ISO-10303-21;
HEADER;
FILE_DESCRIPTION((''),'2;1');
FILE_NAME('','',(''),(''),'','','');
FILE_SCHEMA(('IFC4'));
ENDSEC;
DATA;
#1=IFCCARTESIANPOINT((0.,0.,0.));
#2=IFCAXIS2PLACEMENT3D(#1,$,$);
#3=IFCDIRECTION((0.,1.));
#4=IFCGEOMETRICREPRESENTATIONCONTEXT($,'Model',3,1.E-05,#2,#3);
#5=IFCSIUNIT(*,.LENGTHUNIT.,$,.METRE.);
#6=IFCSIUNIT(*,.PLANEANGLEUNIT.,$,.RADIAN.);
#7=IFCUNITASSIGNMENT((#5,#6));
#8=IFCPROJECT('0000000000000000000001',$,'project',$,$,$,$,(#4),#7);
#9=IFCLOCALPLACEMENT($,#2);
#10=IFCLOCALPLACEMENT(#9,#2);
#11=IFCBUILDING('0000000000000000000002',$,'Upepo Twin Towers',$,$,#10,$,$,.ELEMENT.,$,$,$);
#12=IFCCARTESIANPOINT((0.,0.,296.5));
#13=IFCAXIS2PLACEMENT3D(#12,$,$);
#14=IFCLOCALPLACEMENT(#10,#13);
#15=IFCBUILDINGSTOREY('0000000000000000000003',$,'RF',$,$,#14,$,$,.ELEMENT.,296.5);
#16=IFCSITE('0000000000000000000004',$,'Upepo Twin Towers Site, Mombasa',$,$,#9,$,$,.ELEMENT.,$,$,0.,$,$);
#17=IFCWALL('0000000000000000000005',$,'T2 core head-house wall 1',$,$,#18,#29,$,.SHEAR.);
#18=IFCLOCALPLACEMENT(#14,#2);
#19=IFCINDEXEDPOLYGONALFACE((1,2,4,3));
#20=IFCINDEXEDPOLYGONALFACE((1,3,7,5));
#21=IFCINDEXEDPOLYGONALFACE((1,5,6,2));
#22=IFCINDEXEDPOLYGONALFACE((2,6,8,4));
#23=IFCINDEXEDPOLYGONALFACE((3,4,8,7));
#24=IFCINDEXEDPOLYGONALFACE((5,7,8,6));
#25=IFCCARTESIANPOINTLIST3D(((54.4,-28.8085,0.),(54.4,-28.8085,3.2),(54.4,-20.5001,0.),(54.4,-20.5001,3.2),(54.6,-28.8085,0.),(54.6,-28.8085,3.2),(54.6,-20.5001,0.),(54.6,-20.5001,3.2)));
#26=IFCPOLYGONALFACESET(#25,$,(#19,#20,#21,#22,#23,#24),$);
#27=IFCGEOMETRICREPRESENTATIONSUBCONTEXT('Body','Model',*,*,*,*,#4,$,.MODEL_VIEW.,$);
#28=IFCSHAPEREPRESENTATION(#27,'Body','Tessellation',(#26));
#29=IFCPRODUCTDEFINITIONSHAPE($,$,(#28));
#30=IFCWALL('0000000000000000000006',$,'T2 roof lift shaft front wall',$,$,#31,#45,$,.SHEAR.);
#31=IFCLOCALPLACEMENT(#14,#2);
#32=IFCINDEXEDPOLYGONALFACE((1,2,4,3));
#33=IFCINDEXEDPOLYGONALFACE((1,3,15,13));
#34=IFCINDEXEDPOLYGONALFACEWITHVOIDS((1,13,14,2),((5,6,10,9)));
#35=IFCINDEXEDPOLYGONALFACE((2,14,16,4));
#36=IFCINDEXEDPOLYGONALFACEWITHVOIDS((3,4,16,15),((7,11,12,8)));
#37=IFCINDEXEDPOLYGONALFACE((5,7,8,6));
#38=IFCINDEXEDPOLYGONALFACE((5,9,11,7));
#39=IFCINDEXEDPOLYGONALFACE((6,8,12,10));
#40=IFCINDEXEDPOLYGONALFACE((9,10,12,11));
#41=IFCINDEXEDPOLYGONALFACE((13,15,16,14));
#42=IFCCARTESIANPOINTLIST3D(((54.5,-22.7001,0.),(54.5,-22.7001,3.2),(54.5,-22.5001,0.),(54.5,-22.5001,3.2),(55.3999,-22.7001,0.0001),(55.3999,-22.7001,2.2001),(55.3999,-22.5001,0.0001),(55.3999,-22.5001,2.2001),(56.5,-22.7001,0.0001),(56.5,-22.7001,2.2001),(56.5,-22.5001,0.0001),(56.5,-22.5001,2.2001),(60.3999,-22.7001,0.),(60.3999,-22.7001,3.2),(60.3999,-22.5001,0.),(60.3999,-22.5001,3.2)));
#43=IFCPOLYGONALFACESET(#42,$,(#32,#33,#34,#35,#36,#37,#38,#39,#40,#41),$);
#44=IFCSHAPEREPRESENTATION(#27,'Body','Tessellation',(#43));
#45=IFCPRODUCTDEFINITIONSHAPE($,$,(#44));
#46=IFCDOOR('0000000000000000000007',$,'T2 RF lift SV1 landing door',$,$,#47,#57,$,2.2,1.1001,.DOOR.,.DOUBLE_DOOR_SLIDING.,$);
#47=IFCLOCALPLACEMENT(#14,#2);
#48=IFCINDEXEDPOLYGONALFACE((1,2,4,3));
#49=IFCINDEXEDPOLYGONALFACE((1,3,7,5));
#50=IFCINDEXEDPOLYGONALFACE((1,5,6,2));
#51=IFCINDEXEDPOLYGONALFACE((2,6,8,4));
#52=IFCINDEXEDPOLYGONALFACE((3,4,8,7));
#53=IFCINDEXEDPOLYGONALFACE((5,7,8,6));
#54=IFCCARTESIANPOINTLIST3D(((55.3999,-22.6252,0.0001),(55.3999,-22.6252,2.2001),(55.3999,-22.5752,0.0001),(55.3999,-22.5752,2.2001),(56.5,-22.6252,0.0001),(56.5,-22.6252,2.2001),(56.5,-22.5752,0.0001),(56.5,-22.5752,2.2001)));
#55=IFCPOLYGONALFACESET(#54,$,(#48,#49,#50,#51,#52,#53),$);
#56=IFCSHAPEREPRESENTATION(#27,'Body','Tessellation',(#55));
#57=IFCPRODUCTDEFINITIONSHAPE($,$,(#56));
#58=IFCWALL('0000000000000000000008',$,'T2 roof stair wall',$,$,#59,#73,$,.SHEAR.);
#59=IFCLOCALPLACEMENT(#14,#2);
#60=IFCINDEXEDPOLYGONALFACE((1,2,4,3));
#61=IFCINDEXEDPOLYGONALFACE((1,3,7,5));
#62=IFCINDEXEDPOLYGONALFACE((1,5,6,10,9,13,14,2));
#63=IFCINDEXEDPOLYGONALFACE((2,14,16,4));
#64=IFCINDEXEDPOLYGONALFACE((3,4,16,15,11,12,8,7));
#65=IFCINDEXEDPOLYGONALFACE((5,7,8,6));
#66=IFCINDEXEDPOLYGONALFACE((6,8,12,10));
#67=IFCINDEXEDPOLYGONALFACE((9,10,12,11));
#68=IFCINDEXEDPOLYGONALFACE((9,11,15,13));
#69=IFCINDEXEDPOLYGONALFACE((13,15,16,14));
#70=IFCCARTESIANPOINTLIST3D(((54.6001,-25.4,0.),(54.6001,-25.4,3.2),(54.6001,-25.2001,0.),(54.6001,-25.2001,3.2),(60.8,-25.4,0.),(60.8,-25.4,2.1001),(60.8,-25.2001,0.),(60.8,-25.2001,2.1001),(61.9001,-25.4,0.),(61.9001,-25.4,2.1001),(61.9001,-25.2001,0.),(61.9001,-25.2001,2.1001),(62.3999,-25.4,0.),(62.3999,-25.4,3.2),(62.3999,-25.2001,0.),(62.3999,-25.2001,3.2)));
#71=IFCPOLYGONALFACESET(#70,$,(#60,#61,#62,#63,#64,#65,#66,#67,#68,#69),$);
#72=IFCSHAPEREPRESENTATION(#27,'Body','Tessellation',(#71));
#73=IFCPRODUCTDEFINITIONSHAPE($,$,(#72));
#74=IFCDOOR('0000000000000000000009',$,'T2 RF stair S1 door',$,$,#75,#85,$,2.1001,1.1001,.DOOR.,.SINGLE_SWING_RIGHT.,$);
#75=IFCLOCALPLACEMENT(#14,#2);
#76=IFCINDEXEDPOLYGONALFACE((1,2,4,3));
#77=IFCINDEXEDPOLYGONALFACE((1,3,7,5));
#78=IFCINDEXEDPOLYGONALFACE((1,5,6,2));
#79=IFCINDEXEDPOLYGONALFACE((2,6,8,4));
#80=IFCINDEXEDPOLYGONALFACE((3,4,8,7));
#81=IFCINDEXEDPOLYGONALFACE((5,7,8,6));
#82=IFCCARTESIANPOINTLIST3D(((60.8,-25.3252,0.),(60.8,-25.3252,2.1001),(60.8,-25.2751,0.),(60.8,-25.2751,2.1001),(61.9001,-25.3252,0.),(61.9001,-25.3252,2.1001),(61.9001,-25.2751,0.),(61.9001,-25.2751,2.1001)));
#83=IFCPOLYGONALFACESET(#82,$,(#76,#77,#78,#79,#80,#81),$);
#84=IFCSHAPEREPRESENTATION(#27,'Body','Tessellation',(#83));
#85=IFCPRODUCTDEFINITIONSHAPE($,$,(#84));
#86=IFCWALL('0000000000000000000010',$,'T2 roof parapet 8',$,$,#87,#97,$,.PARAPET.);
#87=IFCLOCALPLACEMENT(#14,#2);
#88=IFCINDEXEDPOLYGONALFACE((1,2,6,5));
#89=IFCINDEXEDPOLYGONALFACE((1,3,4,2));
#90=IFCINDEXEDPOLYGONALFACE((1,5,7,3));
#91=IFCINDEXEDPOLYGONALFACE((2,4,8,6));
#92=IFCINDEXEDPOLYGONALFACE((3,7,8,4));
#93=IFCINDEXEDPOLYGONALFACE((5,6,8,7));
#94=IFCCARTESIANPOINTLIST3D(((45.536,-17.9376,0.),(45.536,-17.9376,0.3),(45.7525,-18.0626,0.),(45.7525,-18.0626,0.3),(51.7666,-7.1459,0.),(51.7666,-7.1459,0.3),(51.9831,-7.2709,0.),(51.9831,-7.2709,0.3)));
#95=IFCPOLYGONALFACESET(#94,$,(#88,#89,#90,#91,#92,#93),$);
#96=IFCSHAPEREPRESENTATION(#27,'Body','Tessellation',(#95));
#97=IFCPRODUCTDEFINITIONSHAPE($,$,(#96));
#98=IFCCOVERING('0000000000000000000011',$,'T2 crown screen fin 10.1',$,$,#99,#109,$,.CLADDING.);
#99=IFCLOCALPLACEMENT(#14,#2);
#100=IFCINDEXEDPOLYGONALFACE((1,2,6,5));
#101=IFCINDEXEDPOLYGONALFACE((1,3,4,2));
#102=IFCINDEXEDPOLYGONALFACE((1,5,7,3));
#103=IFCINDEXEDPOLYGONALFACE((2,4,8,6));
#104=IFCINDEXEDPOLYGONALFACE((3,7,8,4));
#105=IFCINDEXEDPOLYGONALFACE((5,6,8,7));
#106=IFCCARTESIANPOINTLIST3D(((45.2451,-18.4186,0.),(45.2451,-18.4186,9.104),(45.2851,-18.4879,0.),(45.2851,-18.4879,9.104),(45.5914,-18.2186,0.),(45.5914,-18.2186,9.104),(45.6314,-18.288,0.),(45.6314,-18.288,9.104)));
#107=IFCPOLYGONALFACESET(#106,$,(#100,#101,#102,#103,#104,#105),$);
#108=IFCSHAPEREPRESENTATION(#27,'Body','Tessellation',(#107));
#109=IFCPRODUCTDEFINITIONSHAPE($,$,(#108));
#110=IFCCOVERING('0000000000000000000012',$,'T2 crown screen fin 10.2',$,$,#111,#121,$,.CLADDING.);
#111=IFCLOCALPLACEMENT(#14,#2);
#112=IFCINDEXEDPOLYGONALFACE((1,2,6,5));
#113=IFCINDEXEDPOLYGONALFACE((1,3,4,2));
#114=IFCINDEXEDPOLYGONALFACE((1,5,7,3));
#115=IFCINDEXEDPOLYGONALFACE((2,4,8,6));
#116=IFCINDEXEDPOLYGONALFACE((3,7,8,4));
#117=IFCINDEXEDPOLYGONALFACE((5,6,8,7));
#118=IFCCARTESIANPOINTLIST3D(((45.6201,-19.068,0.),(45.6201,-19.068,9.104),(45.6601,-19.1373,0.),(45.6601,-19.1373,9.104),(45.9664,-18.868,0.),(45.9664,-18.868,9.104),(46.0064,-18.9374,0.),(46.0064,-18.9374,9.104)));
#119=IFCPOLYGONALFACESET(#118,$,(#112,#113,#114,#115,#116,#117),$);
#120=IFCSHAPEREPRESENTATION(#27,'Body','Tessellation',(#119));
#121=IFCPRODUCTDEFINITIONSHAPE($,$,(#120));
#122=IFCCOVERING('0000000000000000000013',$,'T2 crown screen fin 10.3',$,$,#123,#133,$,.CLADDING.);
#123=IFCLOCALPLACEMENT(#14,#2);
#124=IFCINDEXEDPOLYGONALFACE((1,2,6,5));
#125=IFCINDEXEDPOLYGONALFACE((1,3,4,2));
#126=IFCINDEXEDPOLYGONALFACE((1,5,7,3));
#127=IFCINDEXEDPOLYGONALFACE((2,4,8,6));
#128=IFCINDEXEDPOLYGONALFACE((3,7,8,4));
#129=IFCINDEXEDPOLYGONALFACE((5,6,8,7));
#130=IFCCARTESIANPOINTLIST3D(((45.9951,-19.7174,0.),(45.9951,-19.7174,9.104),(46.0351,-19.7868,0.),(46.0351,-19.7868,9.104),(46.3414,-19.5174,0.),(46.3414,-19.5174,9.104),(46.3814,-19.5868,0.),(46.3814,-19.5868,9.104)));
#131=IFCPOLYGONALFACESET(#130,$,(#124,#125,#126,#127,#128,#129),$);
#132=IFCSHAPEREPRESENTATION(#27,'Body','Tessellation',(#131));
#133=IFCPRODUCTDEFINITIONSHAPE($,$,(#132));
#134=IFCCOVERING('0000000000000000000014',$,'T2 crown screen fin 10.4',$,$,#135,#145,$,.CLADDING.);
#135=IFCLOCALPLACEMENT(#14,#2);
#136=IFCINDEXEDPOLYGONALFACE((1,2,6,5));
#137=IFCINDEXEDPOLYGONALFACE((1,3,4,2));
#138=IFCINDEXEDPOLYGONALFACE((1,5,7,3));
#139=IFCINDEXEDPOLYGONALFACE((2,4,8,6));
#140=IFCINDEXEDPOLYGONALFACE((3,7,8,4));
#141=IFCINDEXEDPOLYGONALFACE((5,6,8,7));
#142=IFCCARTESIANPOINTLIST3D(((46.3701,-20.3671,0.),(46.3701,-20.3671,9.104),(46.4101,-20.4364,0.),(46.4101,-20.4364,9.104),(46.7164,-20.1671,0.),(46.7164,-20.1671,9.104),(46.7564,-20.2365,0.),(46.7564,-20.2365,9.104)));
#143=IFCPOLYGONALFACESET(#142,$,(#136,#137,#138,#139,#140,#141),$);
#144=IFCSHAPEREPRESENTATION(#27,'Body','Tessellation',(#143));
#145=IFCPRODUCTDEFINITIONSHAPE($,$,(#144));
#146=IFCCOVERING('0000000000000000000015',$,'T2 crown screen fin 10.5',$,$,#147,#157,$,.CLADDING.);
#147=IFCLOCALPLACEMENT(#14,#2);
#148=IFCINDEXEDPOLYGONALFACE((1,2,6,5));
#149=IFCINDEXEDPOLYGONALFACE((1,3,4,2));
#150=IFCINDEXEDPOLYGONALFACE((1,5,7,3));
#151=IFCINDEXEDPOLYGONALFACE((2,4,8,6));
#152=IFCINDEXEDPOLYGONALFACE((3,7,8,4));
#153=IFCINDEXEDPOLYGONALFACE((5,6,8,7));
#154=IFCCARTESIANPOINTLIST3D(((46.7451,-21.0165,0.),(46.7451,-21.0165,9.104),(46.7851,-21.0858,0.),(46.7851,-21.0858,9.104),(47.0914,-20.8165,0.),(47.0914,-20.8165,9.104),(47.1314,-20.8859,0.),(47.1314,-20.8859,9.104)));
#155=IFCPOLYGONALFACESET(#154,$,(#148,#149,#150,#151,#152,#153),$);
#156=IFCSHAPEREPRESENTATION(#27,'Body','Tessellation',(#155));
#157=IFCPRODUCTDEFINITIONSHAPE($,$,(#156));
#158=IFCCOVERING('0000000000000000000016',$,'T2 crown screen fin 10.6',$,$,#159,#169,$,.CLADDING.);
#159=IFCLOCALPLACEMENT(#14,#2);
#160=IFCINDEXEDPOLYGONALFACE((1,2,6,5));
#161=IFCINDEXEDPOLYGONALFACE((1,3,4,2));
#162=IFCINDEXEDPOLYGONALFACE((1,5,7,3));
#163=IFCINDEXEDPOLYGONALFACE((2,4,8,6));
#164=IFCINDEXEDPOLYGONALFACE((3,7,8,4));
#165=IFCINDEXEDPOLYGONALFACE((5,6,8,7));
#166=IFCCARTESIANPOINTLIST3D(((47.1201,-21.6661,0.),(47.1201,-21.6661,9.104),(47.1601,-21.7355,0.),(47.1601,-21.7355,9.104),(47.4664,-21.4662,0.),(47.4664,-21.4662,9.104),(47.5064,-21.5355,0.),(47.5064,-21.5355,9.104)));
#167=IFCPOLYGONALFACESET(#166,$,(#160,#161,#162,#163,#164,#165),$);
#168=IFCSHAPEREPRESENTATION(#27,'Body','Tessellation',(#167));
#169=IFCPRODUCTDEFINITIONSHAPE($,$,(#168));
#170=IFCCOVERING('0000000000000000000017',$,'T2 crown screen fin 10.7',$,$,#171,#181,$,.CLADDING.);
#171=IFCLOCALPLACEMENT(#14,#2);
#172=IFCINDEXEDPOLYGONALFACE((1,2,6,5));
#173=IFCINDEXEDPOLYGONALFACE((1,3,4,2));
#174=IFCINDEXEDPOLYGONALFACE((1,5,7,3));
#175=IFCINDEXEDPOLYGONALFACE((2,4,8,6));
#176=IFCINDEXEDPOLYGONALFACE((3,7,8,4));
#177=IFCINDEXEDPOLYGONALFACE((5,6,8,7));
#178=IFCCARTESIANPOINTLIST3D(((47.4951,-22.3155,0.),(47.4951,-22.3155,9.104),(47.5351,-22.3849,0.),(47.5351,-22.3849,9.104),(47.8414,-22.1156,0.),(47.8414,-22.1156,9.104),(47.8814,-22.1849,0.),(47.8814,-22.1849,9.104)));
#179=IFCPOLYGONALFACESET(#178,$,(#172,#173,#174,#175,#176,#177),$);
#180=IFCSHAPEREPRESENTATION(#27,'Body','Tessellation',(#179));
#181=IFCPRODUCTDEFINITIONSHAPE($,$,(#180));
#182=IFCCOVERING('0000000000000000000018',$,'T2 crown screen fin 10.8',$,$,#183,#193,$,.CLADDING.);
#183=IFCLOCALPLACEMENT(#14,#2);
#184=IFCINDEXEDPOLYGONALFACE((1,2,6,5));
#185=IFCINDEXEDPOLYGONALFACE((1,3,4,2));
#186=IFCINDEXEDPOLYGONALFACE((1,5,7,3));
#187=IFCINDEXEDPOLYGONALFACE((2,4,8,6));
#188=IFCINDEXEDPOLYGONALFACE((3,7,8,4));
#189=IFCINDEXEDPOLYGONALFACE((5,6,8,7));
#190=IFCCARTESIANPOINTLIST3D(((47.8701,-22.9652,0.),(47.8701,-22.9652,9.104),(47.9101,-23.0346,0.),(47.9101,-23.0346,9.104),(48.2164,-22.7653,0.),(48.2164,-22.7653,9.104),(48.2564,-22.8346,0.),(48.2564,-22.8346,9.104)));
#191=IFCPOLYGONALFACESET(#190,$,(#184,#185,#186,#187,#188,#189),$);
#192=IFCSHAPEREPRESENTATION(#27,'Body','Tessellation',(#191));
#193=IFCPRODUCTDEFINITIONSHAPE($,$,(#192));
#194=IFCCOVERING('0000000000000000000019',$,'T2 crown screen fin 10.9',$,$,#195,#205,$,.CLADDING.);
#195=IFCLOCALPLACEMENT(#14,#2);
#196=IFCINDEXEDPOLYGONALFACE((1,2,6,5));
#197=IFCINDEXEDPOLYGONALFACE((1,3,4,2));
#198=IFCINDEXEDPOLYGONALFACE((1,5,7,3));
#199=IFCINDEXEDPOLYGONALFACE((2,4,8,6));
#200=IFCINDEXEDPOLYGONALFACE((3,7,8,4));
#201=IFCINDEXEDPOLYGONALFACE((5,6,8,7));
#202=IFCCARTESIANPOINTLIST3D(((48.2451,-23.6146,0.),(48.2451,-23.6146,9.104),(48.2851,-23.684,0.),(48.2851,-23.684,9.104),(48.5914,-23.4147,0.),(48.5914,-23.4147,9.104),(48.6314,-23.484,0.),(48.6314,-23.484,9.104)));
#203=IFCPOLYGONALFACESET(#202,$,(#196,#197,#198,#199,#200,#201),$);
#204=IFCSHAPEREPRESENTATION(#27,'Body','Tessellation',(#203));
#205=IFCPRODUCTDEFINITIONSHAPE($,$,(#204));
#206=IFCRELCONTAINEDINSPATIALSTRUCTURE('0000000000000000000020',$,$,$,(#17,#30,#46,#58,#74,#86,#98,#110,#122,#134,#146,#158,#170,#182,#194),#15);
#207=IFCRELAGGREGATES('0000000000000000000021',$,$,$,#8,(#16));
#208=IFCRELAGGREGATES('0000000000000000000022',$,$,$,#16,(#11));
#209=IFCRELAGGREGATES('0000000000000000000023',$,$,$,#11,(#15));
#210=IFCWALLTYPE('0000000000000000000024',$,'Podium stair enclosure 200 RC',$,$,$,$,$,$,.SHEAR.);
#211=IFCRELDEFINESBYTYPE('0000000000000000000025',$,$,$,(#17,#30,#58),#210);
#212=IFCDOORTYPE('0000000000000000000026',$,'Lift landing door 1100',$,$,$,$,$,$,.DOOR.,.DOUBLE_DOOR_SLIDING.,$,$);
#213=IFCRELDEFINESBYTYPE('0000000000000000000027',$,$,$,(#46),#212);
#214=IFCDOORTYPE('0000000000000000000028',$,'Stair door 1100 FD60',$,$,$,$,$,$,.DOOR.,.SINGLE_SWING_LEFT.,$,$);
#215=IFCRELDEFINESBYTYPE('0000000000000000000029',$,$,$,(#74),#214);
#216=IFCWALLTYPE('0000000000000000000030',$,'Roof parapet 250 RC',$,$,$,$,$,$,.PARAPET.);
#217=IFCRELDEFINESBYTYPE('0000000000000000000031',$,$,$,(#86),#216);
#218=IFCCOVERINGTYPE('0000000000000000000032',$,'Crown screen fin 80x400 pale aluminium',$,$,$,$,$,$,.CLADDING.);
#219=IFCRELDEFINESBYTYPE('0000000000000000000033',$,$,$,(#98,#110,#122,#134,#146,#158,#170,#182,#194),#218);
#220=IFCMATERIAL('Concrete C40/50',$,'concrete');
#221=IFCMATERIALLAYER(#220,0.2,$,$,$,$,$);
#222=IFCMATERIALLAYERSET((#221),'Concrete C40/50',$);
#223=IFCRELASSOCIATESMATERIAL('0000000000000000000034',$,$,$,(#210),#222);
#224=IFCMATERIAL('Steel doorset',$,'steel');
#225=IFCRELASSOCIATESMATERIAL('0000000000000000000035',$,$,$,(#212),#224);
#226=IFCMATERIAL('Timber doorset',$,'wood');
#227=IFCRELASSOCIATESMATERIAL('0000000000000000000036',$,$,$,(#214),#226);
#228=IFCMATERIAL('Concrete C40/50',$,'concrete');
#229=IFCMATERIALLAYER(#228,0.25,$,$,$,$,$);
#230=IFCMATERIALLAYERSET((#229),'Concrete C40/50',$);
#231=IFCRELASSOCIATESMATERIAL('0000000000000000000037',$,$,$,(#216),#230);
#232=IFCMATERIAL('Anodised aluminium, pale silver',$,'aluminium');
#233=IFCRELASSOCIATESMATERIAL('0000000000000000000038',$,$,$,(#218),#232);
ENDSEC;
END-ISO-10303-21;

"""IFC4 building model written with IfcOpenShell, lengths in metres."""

from ifc_helpers import new_model, si_unit, direction, frame, frame_2d, origin, origin_2d, place, context, subcontext, project, spatial, rectangle, extrude, material, layer, layer_set, type_object, element, fill, save


model = new_model("IFC4")

# Units and contexts
model_context = context("Model", 3, precision=1e-05, world=origin(), true_north=direction((0.0, 1.0)))
body_context = subcontext(model_context, "Body", "Model", "MODEL_VIEW")
ifc_project = project(units=[si_unit("LENGTHUNIT", "METRE"), si_unit("PLANEANGLEUNIT", "RADIAN")], contexts=[model_context])

# Site, building, storey
site_placement = place(None, origin())
site = spatial("IfcSite", under=ifc_project, at=site_placement, Name="Upepo Twin Towers Site, Mombasa", CompositionType="ELEMENT", RefElevation=0.0)
building_placement = place(site_placement, origin())
building = spatial("IfcBuilding", under=site, at=building_placement, Name="Upepo Twin Towers", CompositionType="ELEMENT")
storey_placement = place(building_placement, frame((0.0, 0.0, 296.5)))
storey = spatial("IfcBuildingStorey", under=building, at=storey_placement, Name="RF", CompositionType="ELEMENT", Elevation=296.5)

# Wall
ifc_material_1 = material(Name="Concrete C40/50", Category="concrete")
ifc_layer_1 = layer(ifc_material_1, 0.2)
ifc_layer_set_1 = layer_set([ifc_layer_1], Name="Concrete C40/50")
wall_type_1 = type_object("IfcWallType", Name="Podium stair enclosure 200 RC", PredefinedType="SHEAR", material=ifc_layer_set_1)
wall_1_placement = place(storey_placement, frame((54.5, -20.5, 0.0), z_axis=(0.0, 0.0, 1.0), x_axis=(0.0, -1.0, 0.0)))
element("IfcWall", 1, at=wall_1_placement, inside=storey, type_object=wall_type_1, Name="T2 core head-house wall 1", PredefinedType="SHEAR", context=body_context, shape_type="SweptSolid", body=[
    extrude(rectangle(XDim=8.3083, YDim=0.2, at=frame_2d((4.1543, 0.0))), origin(), (0.0, 0.0, 1.0), 3.2),
])

# Walls, openings, doors
wall_2_placement = place(storey_placement, frame((54.5, -22.6001, 0.0), z_axis=(0.0, 0.0, 1.0), x_axis=(1.0, 0.0, 0.0)))
wall_2 = element("IfcWall", 2, at=wall_2_placement, inside=storey, type_object=wall_type_1, Name="T2 roof lift shaft front wall", PredefinedType="SHEAR", context=body_context, shape_type="SweptSolid", body=[
    extrude(rectangle(XDim=5.8999, YDim=0.2, at=frame_2d((2.95, 0.0))), origin(), (0.0, 0.0, 1.0), 3.2),
])
opening_1_placement = place(wall_2_placement, frame((0.8999, 0.0, 0.0)))
opening_1 = element("IfcOpeningElement", 3, at=opening_1_placement, cuts=wall_2, PredefinedType="OPENING", context=body_context, shape_type="SweptSolid", body=[
    extrude(rectangle(XDim=1.1001, YDim=2.2, at=frame_2d((0.55, 1.1001))), frame((0.0, 0.1099, 0.0), z_axis=(0.0, -1.0, 0.0), x_axis=(1.0, 0.0, 0.0)), (0.0, 0.0, 1.0), 0.22),
])
ifc_material_2 = material(Name="Steel doorset", Category="steel")
door_type_1 = type_object("IfcDoorType", Name="Lift landing door 1100", OperationType="DOUBLE_DOOR_SLIDING", PredefinedType="DOOR", material=ifc_material_2)
door_1_placement = place(opening_1_placement, origin())
door_1 = element("IfcDoor", 4, at=door_1_placement, inside=storey, type_object=door_type_1, Name="T2 RF lift SV1 landing door", OperationType="DOUBLE_DOOR_SLIDING", OverallHeight=2.2, OverallWidth=1.1001, PredefinedType="DOOR", context=body_context, shape_type="SweptSolid", body=[
    extrude(rectangle(XDim=1.1001, YDim=2.2, at=frame_2d((0.55, 1.1001))), frame((0.0, 0.0249, 0.0), z_axis=(0.0, -1.0, 0.0), x_axis=(1.0, 0.0, 0.0)), (0.0, 0.0, 1.0), 0.05),
])
fill(opening_1, door_1)
wall_3_placement = place(storey_placement, frame((54.6001, -25.3, 0.0), z_axis=(0.0, 0.0, 1.0), x_axis=(1.0, 0.0, 0.0)))
wall_3 = element("IfcWall", 5, at=wall_3_placement, inside=storey, type_object=wall_type_1, Name="T2 roof stair wall", PredefinedType="SHEAR", context=body_context, shape_type="SweptSolid", body=[
    extrude(rectangle(XDim=7.7998, YDim=0.2, at=frame_2d((3.8999, 0.0))), origin(), (0.0, 0.0, 1.0), 3.2),
])
opening_2_placement = place(wall_3_placement, frame((6.2, 0.0, 0.0)))
opening_2 = element("IfcOpeningElement", 6, at=opening_2_placement, cuts=wall_3, PredefinedType="OPENING", context=body_context, shape_type="SweptSolid", body=[
    extrude(rectangle(XDim=1.1001, YDim=2.1001, at=frame_2d((0.55, 1.05))), frame((0.0, 0.1099, 0.0), z_axis=(0.0, -1.0, 0.0), x_axis=(1.0, 0.0, 0.0)), (0.0, 0.0, 1.0), 0.22),
])
ifc_material_3 = material(Name="Timber doorset", Category="wood")
door_type_2 = type_object("IfcDoorType", Name="Stair door 1100 FD60", OperationType="SINGLE_SWING_LEFT", PredefinedType="DOOR", material=ifc_material_3)
door_2_placement = place(opening_2_placement, origin())
door_2 = element("IfcDoor", 7, at=door_2_placement, inside=storey, type_object=door_type_2, Name="T2 RF stair S1 door", OperationType="SINGLE_SWING_RIGHT", OverallHeight=2.1001, OverallWidth=1.1001, PredefinedType="DOOR", context=body_context, shape_type="SweptSolid", body=[
    extrude(rectangle(XDim=1.1001, YDim=2.1001, at=frame_2d((0.55, 1.05))), frame((0.0, 0.0249, 0.0), z_axis=(0.0, -1.0, 0.0), x_axis=(1.0, 0.0, 0.0)), (0.0, 0.0, 1.0), 0.05),
])
fill(opening_2, door_2)

# Wall
ifc_material_4 = material(Name="Concrete C40/50", Category="concrete")
ifc_layer_2 = layer(ifc_material_4, 0.25)
ifc_layer_set_2 = layer_set([ifc_layer_2], Name="Concrete C40/50")
wall_type_2 = type_object("IfcWallType", Name="Roof parapet 250 RC", PredefinedType="PARAPET", material=ifc_layer_set_2)
wall_4_placement = place(storey_placement, frame((45.6443, -18.0, 0.0), z_axis=(0.0, 0.0, 1.0), x_axis=(0.500006, 0.866022, 0.0)))
element("IfcWall", 8, at=wall_4_placement, inside=storey, type_object=wall_type_2, Name="T2 roof parapet 8", PredefinedType="PARAPET", context=body_context, shape_type="SweptSolid", body=[
    extrude(rectangle(XDim=12.4612, YDim=0.25, at=frame_2d((6.2305, 0.0))), origin(), (0.0, 0.0, 1.0), 0.3),
])

# Coverings
ifc_material_5 = material(Name="Anodised aluminium, pale silver", Category="aluminium")
covering_type_1 = type_object("IfcCoveringType", Name="Crown screen fin 80x400 pale aluminium", PredefinedType="CLADDING", material=ifc_material_5)
for number, where, z_axis, x_axis, name in (
    (9, (45.4382, -18.3533, 0.0), (0.0, 0.0, 1.0), (0.5, -0.866025, 0.0), "T2 crown screen fin 10.1"),
    (10, (45.8132, -19.0027, 0.0), (0.0, 0.0, 1.0), (0.5, -0.866025, 0.0), "T2 crown screen fin 10.2"),
    (11, (46.1882, -19.6521, 0.0), (0.0, 0.0, 1.0), (0.5, -0.866025, 0.0), "T2 crown screen fin 10.3"),
    (12, (46.5632, -20.3018, 0.0), (0.0, 0.0, 1.0), (0.5, -0.866025, 0.0), "T2 crown screen fin 10.4"),
    (13, (46.9382, -20.9512, 0.0), (0.0, 0.0, 1.0), (0.5, -0.866025, 0.0), "T2 crown screen fin 10.5"),
    (14, (47.3132, -21.6008, 0.0), (0.0, 0.0, 1.0), (0.5, -0.866025, 0.0), "T2 crown screen fin 10.6"),
    (15, (47.6882, -22.2502, 0.0), (0.0, 0.0, 1.0), (0.5, -0.866025, 0.0), "T2 crown screen fin 10.7"),
    (16, (48.0632, -22.8999, 0.0), (0.0, 0.0, 1.0), (0.5, -0.866025, 0.0), "T2 crown screen fin 10.8"),
    (17, (48.4382, -23.5493, 0.0), (0.0, 0.0, 1.0), (0.5, -0.866025, 0.0), "T2 crown screen fin 10.9"),
):
    element("IfcCovering", number, at=place(storey_placement, frame(where, z_axis=z_axis, x_axis=x_axis)), inside=storey, type_object=covering_type_1, Name=name, PredefinedType="CLADDING", context=body_context, shape_type="SweptSolid", body=[
        extrude(rectangle(XDim=0.0801, YDim=0.3999, at=origin_2d()), origin(), (0.0, 0.0, 1.0), 9.104),
    ])

save(model, "model.ifc")
